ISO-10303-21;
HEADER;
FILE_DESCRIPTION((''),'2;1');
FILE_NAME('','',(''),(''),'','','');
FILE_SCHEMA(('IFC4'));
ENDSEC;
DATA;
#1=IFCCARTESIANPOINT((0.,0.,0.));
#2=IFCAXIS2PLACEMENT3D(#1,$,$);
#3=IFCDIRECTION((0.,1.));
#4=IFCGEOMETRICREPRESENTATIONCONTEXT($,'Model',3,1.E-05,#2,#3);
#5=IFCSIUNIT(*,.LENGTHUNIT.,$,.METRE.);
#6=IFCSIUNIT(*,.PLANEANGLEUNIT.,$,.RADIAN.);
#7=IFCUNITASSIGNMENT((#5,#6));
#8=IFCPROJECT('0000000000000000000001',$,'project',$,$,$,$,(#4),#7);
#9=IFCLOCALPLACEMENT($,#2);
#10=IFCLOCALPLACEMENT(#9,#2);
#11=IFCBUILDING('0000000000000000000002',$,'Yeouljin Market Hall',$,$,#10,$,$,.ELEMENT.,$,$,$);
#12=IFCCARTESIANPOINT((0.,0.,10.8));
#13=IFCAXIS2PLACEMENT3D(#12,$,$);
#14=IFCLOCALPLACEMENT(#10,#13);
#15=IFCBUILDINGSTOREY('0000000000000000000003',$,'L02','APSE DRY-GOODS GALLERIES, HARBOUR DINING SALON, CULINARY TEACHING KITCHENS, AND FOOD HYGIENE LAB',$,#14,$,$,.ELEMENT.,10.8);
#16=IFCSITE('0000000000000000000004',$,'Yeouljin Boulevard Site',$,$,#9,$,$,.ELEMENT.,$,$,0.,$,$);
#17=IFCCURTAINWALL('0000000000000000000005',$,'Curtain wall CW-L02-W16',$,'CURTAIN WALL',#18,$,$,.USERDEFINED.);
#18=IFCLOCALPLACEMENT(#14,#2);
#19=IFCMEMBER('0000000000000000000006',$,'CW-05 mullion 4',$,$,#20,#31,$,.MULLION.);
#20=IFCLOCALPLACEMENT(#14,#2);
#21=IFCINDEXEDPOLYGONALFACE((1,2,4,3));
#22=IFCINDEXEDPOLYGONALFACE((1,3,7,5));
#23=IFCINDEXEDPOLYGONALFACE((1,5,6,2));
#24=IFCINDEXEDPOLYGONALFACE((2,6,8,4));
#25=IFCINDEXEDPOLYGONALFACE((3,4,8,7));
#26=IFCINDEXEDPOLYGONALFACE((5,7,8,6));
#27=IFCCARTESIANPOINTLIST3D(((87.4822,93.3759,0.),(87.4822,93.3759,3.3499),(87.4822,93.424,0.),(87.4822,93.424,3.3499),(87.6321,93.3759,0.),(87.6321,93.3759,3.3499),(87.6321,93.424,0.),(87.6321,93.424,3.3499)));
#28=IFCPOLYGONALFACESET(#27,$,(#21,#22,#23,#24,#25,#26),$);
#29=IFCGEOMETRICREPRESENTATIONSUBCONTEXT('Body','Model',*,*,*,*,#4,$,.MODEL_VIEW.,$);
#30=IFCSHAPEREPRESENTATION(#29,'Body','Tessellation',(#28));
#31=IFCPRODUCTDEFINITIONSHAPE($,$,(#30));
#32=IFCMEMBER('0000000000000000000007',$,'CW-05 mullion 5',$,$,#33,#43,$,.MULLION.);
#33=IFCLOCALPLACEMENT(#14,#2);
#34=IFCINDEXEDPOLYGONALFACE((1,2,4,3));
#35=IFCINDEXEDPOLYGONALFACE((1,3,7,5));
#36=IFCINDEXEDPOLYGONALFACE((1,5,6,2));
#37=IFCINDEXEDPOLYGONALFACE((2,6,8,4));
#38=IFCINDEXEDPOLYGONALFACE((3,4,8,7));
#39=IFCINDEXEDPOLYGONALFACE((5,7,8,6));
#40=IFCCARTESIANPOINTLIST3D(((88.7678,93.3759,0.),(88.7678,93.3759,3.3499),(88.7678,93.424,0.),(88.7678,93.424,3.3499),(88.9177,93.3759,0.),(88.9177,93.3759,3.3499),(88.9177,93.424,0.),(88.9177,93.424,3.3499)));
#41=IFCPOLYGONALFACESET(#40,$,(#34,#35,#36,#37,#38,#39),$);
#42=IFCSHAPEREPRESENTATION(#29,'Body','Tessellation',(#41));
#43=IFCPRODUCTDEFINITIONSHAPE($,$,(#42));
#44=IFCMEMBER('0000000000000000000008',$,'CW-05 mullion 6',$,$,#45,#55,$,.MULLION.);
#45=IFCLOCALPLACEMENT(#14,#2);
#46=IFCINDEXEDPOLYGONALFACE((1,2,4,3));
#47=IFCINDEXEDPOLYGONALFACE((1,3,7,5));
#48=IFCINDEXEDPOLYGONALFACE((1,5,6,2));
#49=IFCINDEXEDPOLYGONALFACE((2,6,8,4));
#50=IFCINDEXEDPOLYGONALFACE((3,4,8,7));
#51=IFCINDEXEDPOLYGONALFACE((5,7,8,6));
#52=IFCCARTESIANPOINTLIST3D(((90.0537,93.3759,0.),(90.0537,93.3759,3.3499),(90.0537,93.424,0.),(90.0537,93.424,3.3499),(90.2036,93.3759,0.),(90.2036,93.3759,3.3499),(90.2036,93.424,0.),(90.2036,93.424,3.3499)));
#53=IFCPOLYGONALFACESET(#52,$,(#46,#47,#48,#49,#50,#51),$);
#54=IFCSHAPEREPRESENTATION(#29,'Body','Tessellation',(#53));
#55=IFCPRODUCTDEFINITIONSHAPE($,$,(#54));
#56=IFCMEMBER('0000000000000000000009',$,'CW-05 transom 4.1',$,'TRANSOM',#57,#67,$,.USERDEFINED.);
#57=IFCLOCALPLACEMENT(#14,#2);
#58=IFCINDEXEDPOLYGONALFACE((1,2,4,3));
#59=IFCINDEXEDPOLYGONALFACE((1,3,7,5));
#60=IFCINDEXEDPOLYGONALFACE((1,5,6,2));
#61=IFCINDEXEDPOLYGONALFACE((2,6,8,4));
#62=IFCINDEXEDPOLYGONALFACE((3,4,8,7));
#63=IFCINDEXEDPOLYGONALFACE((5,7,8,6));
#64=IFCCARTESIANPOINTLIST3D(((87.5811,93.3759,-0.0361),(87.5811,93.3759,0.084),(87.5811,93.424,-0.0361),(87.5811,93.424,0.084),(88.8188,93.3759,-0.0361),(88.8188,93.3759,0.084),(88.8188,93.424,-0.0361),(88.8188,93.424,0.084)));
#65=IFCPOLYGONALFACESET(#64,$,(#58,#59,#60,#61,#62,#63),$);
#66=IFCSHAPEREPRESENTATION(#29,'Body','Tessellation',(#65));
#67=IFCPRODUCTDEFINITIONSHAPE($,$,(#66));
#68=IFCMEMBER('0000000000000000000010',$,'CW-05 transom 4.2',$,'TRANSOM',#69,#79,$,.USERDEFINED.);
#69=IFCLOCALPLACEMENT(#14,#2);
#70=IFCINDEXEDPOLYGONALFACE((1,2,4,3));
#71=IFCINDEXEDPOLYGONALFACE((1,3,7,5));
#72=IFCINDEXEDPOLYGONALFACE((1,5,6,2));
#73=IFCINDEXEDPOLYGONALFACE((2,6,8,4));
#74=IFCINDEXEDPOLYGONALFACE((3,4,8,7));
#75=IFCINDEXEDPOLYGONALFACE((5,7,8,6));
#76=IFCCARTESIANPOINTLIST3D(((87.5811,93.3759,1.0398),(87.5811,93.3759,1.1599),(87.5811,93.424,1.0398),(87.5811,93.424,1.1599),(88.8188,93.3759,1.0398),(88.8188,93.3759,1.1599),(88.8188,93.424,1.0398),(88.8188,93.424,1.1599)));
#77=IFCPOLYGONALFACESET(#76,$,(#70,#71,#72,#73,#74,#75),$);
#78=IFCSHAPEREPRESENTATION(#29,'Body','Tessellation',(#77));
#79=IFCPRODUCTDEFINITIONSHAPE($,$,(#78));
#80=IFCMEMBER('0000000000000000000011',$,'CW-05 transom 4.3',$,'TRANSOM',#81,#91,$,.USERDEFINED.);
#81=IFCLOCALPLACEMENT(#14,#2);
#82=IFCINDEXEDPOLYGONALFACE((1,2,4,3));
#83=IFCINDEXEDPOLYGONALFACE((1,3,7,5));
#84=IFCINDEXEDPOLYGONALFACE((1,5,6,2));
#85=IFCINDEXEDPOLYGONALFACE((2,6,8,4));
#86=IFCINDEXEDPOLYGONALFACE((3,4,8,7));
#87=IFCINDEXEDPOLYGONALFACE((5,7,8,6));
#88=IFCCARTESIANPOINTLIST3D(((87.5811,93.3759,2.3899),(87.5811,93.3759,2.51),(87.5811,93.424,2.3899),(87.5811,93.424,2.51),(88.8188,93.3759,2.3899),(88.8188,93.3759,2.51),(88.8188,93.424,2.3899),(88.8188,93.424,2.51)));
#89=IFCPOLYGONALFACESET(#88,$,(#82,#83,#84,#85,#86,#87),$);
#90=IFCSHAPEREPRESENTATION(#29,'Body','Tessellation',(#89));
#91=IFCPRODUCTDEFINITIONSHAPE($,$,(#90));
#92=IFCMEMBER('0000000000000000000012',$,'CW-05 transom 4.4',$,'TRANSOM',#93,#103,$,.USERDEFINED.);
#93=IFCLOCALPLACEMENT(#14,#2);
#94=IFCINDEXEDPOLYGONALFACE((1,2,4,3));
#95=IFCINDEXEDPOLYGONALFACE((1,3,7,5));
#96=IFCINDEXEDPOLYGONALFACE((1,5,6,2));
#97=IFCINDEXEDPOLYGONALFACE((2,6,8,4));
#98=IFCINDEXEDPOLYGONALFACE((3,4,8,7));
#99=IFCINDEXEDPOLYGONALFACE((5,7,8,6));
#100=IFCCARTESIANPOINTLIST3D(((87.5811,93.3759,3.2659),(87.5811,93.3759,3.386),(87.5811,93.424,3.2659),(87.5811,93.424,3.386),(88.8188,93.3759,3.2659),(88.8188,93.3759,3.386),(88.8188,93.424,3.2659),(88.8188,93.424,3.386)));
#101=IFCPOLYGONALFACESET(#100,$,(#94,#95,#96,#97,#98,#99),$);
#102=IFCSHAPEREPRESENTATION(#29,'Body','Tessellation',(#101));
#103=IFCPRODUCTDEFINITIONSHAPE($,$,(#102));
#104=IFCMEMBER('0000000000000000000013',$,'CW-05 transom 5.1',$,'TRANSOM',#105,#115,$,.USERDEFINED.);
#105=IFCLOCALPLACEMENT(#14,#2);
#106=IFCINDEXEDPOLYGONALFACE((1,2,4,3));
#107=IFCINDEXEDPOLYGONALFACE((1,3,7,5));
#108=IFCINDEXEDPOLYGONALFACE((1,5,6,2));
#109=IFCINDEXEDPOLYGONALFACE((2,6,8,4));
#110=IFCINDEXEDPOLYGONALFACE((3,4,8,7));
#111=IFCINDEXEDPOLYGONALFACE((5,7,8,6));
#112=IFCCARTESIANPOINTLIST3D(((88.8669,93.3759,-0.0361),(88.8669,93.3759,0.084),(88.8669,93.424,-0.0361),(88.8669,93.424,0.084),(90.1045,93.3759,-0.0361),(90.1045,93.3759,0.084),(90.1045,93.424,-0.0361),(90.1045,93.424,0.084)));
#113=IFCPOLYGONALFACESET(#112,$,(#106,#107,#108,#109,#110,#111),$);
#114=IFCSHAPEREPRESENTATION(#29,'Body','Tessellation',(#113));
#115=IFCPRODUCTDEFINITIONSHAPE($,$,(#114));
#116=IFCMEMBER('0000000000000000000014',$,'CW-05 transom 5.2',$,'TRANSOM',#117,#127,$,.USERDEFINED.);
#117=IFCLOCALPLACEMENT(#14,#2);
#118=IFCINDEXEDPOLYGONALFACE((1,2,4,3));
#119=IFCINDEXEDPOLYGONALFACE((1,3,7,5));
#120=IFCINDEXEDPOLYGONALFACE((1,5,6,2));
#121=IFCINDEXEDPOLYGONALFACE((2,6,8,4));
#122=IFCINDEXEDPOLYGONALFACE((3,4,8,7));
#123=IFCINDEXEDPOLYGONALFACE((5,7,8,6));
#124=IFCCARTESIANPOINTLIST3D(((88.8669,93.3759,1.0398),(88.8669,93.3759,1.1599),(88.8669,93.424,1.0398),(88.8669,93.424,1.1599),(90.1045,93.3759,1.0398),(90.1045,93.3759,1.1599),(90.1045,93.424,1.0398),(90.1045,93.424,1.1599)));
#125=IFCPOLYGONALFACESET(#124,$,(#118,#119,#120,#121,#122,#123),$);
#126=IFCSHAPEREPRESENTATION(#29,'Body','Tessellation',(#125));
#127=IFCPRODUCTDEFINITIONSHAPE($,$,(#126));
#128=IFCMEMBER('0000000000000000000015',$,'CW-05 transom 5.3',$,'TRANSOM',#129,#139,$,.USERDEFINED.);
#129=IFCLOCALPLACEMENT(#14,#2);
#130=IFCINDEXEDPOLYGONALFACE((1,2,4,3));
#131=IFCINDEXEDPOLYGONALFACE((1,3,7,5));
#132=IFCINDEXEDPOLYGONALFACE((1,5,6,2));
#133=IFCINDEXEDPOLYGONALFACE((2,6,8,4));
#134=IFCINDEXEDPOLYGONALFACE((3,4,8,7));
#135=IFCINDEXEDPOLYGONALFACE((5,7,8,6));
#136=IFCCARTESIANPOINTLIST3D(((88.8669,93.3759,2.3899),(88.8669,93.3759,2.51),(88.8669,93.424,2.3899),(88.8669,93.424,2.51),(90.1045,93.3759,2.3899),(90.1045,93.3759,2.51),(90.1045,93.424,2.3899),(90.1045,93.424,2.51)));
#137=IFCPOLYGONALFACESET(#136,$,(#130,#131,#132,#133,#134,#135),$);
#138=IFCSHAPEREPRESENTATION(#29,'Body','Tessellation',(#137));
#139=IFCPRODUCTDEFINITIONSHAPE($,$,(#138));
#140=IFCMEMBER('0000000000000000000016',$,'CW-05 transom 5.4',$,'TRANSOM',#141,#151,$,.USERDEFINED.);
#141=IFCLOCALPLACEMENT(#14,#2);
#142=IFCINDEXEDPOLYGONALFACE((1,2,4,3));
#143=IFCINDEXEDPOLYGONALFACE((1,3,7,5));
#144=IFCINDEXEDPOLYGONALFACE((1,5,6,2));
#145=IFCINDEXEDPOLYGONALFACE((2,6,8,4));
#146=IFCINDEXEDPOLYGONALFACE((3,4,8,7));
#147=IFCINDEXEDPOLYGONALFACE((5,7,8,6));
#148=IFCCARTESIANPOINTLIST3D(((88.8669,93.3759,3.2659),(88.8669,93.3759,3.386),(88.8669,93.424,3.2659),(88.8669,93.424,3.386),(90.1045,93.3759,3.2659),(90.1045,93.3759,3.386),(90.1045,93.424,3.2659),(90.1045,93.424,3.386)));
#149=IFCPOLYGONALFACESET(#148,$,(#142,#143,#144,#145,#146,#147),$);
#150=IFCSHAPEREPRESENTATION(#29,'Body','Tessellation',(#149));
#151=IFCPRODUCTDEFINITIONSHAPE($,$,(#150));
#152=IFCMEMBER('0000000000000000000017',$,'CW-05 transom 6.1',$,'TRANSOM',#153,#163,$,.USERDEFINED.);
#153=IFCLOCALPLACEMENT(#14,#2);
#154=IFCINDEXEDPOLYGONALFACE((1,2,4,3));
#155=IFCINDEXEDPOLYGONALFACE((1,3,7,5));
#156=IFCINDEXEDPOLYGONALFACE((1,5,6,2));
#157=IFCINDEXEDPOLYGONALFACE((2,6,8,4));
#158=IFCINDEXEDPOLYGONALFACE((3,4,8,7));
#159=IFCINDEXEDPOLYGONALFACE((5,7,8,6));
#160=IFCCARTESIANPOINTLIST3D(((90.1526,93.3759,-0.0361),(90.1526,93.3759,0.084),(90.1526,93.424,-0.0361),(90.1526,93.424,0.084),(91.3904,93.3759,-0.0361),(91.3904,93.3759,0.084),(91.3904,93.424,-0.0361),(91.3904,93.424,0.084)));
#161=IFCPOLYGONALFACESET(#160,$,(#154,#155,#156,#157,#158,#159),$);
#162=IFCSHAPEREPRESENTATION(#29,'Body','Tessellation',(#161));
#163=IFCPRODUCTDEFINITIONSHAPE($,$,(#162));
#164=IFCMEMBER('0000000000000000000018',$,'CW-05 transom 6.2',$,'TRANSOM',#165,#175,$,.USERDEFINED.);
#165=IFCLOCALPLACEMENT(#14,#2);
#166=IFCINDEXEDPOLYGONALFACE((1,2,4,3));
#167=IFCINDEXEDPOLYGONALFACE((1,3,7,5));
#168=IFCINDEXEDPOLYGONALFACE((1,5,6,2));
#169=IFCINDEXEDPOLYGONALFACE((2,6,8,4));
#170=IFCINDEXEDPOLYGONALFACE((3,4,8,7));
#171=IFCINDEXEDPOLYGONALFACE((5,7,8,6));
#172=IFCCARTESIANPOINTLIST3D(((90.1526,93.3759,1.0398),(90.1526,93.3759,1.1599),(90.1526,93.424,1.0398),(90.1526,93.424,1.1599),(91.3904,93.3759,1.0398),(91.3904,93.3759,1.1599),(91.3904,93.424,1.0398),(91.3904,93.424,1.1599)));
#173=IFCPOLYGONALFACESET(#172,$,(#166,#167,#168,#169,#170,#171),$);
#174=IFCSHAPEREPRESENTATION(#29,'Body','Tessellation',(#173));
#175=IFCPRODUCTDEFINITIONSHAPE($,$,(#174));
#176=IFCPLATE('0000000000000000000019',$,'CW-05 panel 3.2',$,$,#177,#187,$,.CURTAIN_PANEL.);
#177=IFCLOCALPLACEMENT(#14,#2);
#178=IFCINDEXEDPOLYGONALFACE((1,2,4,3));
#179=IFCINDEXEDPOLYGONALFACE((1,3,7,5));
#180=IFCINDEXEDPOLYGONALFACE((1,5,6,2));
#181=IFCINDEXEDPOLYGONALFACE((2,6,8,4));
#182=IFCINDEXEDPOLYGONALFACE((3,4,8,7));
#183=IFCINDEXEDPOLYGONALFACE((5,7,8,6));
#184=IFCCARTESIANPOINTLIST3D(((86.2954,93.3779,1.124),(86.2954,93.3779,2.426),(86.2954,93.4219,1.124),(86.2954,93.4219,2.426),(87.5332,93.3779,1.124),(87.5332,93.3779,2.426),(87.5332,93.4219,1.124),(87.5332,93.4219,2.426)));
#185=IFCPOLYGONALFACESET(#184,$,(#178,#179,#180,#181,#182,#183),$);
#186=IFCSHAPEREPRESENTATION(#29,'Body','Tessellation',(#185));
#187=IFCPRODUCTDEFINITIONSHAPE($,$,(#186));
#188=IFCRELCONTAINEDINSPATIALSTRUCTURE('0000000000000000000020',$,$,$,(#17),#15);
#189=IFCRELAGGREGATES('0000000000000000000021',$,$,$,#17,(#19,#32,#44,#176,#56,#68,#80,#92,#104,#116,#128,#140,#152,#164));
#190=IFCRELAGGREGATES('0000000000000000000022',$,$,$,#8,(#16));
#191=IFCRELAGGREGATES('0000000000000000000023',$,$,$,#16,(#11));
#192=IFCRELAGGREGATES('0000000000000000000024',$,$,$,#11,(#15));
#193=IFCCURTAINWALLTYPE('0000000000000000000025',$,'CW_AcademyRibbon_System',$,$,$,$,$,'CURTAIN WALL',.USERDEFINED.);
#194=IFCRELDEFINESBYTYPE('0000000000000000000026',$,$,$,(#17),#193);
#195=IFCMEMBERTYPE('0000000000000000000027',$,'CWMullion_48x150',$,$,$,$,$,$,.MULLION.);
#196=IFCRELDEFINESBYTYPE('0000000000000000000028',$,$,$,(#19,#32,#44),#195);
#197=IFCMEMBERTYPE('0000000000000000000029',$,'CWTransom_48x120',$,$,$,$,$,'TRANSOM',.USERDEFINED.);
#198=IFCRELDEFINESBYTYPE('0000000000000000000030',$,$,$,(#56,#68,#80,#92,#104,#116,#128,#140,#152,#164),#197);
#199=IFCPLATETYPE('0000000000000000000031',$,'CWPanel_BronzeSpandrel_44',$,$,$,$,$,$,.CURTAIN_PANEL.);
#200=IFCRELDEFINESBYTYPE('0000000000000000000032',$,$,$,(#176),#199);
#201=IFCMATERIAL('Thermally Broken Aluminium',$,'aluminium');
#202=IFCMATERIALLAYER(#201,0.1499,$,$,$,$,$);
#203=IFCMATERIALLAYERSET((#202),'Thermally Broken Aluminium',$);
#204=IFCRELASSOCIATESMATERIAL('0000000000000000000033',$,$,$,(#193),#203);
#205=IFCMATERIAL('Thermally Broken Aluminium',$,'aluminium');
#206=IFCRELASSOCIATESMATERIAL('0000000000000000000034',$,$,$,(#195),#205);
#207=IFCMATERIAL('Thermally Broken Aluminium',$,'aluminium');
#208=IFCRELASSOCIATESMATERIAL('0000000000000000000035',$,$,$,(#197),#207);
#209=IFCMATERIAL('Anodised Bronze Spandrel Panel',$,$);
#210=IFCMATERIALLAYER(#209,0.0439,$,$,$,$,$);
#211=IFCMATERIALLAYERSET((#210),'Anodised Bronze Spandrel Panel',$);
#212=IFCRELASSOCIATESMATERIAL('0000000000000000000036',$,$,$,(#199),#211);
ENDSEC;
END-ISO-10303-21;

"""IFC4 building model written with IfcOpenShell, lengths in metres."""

from ifc_helpers import new_model, si_unit, direction, frame, origin, origin_2d, place, context, subcontext, project, spatial, rectangle, extrude, material, layer, layer_set, material_profile, profile_set, type_object, element, aggregate, save


model = new_model("IFC4")

# Units and contexts
model_context = context("Model", 3, precision=1e-05, world=origin(), true_north=direction((0.0, 1.0)))
body_context = subcontext(model_context, "Body", "Model", "MODEL_VIEW")
ifc_project = project(units=[si_unit("LENGTHUNIT", "METRE"), si_unit("PLANEANGLEUNIT", "RADIAN")], contexts=[model_context])

# Site, building, storey
site_placement = place(None, origin())
site = spatial("IfcSite", under=ifc_project, at=site_placement, Name="Yeouljin Boulevard Site", CompositionType="ELEMENT", RefElevation=0.0)
building_placement = place(site_placement, origin())
building = spatial("IfcBuilding", under=site, at=building_placement, Name="Yeouljin Market Hall", CompositionType="ELEMENT")
storey_placement = place(building_placement, frame((0.0, 0.0, 10.8)))
storey = spatial("IfcBuildingStorey", under=building, at=storey_placement, Name="L02", Description="APSE DRY-GOODS GALLERIES, HARBOUR DINING SALON, CULINARY TEACHING KITCHENS, AND FOOD HYGIENE LAB", CompositionType="ELEMENT", Elevation=10.8)

# Curtain wall, members, plate
ifc_material_1 = material(Name="Thermally Broken Aluminium", Category="aluminium")
ifc_layer_1 = layer(ifc_material_1, 0.1499)
ifc_layer_set_1 = layer_set([ifc_layer_1], Name="Thermally Broken Aluminium")
curtain_wall_type = type_object("IfcCurtainWallType", Name="CW_AcademyRibbon_System", ElementType="CURTAIN WALL", PredefinedType="USERDEFINED", material=ifc_layer_set_1)
curtain_wall_placement = place(storey_placement, origin())
curtain_wall = element("IfcCurtainWall", 1, at=curtain_wall_placement, inside=storey, type_object=curtain_wall_type, Name="Curtain wall CW-L02-W16", ObjectType="CURTAIN WALL", PredefinedType="USERDEFINED")
ifc_material_2 = material(Name="Thermally Broken Aluminium", Category="aluminium")
ifc_material_profile_1 = material_profile(ifc_material_2, rectangle(XDim=0.0481, YDim=0.1499, at=origin_2d()), Name="CW-MULL-48x150")
ifc_profile_set_1 = profile_set([ifc_material_profile_1], Name="Thermally Broken Aluminium")
member_type_1 = type_object("IfcMemberType", Name="CWMullion_48x150", PredefinedType="MULLION", material=ifc_profile_set_1)
member_1_placement = place(storey_placement, frame((87.5571, 93.3999, 0.0), z_axis=(0.0, 0.0, 1.0), x_axis=(0.0, 1.0, 0.0)))
member_1 = element("IfcMember", 2, at=member_1_placement, type_object=member_type_1, Name="CW-05 mullion 4", PredefinedType="MULLION", context=body_context, shape_type="SweptSolid", body=[
    extrude(rectangle(XDim=0.0481, YDim=0.1499, at=origin_2d()), origin(), (0.0, 0.0, 1.0), 3.3499),
])
member_2_placement = place(storey_placement, frame((88.8428, 93.3999, 0.0), z_axis=(0.0, 0.0, 1.0), x_axis=(0.0, 1.0, 0.0)))
member_2 = element("IfcMember", 3, at=member_2_placement, type_object=member_type_1, Name="CW-05 mullion 5", PredefinedType="MULLION", context=body_context, shape_type="SweptSolid", body=[
    extrude(rectangle(XDim=0.0481, YDim=0.1499, at=origin_2d()), origin(), (0.0, 0.0, 1.0), 3.3499),
])
member_3_placement = place(storey_placement, frame((90.1287, 93.3999, 0.0), z_axis=(0.0, 0.0, 1.0), x_axis=(0.0, 1.0, 0.0)))
member_3 = element("IfcMember", 4, at=member_3_placement, type_object=member_type_1, Name="CW-05 mullion 6", PredefinedType="MULLION", context=body_context, shape_type="SweptSolid", body=[
    extrude(rectangle(XDim=0.0481, YDim=0.1499, at=origin_2d()), origin(), (0.0, 0.0, 1.0), 3.3499),
])
ifc_material_3 = material(Name="Thermally Broken Aluminium", Category="aluminium")
ifc_material_profile_2 = material_profile(ifc_material_3, rectangle(XDim=0.0481, YDim=0.1201, at=origin_2d()), Name="CW-TRAN-48x120")
ifc_profile_set_2 = profile_set([ifc_material_profile_2], Name="Thermally Broken Aluminium")
member_type_2 = type_object("IfcMemberType", Name="CWTransom_48x120", ElementType="TRANSOM", PredefinedType="USERDEFINED", material=ifc_profile_set_2)
member_4_placement = place(storey_placement, frame((87.5811, 93.3999, 0.0239), z_axis=(1.0, 0.0, 0.0), x_axis=(0.0, 1.0, 0.0)))
member_4 = element("IfcMember", 5, at=member_4_placement, type_object=member_type_2, Name="CW-05 transom 4.1", ObjectType="TRANSOM", PredefinedType="USERDEFINED", context=body_context, shape_type="SweptSolid", body=[
    extrude(rectangle(XDim=0.0481, YDim=0.1201, at=origin_2d()), origin(), (0.0, 0.0, 1.0), 1.2378),
])
member_5_placement = place(storey_placement, frame((87.5811, 93.3999, 1.0999), z_axis=(1.0, 0.0, 0.0), x_axis=(0.0, 1.0, 0.0)))
member_5 = element("IfcMember", 6, at=member_5_placement, type_object=member_type_2, Name="CW-05 transom 4.2", ObjectType="TRANSOM", PredefinedType="USERDEFINED", context=body_context, shape_type="SweptSolid", body=[
    extrude(rectangle(XDim=0.0481, YDim=0.1201, at=origin_2d()), origin(), (0.0, 0.0, 1.0), 1.2378),
])
member_6_placement = place(storey_placement, frame((87.5811, 93.3999, 2.45), z_axis=(1.0, 0.0, 0.0), x_axis=(0.0, 1.0, 0.0)))
member_6 = element("IfcMember", 7, at=member_6_placement, type_object=member_type_2, Name="CW-05 transom 4.3", ObjectType="TRANSOM", PredefinedType="USERDEFINED", context=body_context, shape_type="SweptSolid", body=[
    extrude(rectangle(XDim=0.0481, YDim=0.1201, at=origin_2d()), origin(), (0.0, 0.0, 1.0), 1.2378),
])
member_7_placement = place(storey_placement, frame((87.5811, 93.3999, 3.3259), z_axis=(1.0, 0.0, 0.0), x_axis=(0.0, 1.0, 0.0)))
member_7 = element("IfcMember", 8, at=member_7_placement, type_object=member_type_2, Name="CW-05 transom 4.4", ObjectType="TRANSOM", PredefinedType="USERDEFINED", context=body_context, shape_type="SweptSolid", body=[
    extrude(rectangle(XDim=0.0481, YDim=0.1201, at=origin_2d()), origin(), (0.0, 0.0, 1.0), 1.2378),
])
member_8_placement = place(storey_placement, frame((88.8669, 93.3999, 0.0239), z_axis=(1.0, 0.0, 0.0), x_axis=(0.0, 1.0, 0.0)))
member_8 = element("IfcMember", 9, at=member_8_placement, type_object=member_type_2, Name="CW-05 transom 5.1", ObjectType="TRANSOM", PredefinedType="USERDEFINED", context=body_context, shape_type="SweptSolid", body=[
    extrude(rectangle(XDim=0.0481, YDim=0.1201, at=origin_2d()), origin(), (0.0, 0.0, 1.0), 1.2375),
])
member_9_placement = place(storey_placement, frame((88.8669, 93.3999, 1.0999), z_axis=(1.0, 0.0, 0.0), x_axis=(0.0, 1.0, 0.0)))
member_9 = element("IfcMember", 10, at=member_9_placement, type_object=member_type_2, Name="CW-05 transom 5.2", ObjectType="TRANSOM", PredefinedType="USERDEFINED", context=body_context, shape_type="SweptSolid", body=[
    extrude(rectangle(XDim=0.0481, YDim=0.1201, at=origin_2d()), origin(), (0.0, 0.0, 1.0), 1.2375),
])
member_10_placement = place(storey_placement, frame((88.8669, 93.3999, 2.45), z_axis=(1.0, 0.0, 0.0), x_axis=(0.0, 1.0, 0.0)))
member_10 = element("IfcMember", 11, at=member_10_placement, type_object=member_type_2, Name="CW-05 transom 5.3", ObjectType="TRANSOM", PredefinedType="USERDEFINED", context=body_context, shape_type="SweptSolid", body=[
    extrude(rectangle(XDim=0.0481, YDim=0.1201, at=origin_2d()), origin(), (0.0, 0.0, 1.0), 1.2375),
])
member_11_placement = place(storey_placement, frame((88.8669, 93.3999, 3.3259), z_axis=(1.0, 0.0, 0.0), x_axis=(0.0, 1.0, 0.0)))
member_11 = element("IfcMember", 12, at=member_11_placement, type_object=member_type_2, Name="CW-05 transom 5.4", ObjectType="TRANSOM", PredefinedType="USERDEFINED", context=body_context, shape_type="SweptSolid", body=[
    extrude(rectangle(XDim=0.0481, YDim=0.1201, at=origin_2d()), origin(), (0.0, 0.0, 1.0), 1.2375),
])
member_12_placement = place(storey_placement, frame((90.1526, 93.3999, 0.0239), z_axis=(1.0, 0.0, 0.0), x_axis=(0.0, 1.0, 0.0)))
member_12 = element("IfcMember", 13, at=member_12_placement, type_object=member_type_2, Name="CW-05 transom 6.1", ObjectType="TRANSOM", PredefinedType="USERDEFINED", context=body_context, shape_type="SweptSolid", body=[
    extrude(rectangle(XDim=0.0481, YDim=0.1201, at=origin_2d()), origin(), (0.0, 0.0, 1.0), 1.2378),
])
member_13_placement = place(storey_placement, frame((90.1526, 93.3999, 1.0999), z_axis=(1.0, 0.0, 0.0), x_axis=(0.0, 1.0, 0.0)))
member_13 = element("IfcMember", 14, at=member_13_placement, type_object=member_type_2, Name="CW-05 transom 6.2", ObjectType="TRANSOM", PredefinedType="USERDEFINED", context=body_context, shape_type="SweptSolid", body=[
    extrude(rectangle(XDim=0.0481, YDim=0.1201, at=origin_2d()), origin(), (0.0, 0.0, 1.0), 1.2378),
])
ifc_material_4 = material(Name="Anodised Bronze Spandrel Panel")
ifc_layer_2 = layer(ifc_material_4, 0.0439)
ifc_layer_set_2 = layer_set([ifc_layer_2], Name="Anodised Bronze Spandrel Panel")
plate_type = type_object("IfcPlateType", Name="CWPanel_BronzeSpandrel_44", PredefinedType="CURTAIN_PANEL", material=ifc_layer_set_2)
plate_1_placement = place(storey_placement, frame((86.9143, 93.3999, 1.124), z_axis=(0.0, 0.0, 1.0), x_axis=(1.0, 0.0, 0.0)))
plate_1 = element("IfcPlate", 15, at=plate_1_placement, type_object=plate_type, Name="CW-05 panel 3.2", PredefinedType="CURTAIN_PANEL", context=body_context, shape_type="SweptSolid", body=[
    extrude(rectangle(XDim=1.2378, YDim=0.0439, at=origin_2d()), origin(), (0.0, 0.0, 1.0), 1.302),
])
aggregate(curtain_wall, [member_1, member_2, member_3, plate_1, member_4, member_5, member_6, member_7, member_8, member_9, member_10, member_11, member_12, member_13])

save(model, "model.ifc")
